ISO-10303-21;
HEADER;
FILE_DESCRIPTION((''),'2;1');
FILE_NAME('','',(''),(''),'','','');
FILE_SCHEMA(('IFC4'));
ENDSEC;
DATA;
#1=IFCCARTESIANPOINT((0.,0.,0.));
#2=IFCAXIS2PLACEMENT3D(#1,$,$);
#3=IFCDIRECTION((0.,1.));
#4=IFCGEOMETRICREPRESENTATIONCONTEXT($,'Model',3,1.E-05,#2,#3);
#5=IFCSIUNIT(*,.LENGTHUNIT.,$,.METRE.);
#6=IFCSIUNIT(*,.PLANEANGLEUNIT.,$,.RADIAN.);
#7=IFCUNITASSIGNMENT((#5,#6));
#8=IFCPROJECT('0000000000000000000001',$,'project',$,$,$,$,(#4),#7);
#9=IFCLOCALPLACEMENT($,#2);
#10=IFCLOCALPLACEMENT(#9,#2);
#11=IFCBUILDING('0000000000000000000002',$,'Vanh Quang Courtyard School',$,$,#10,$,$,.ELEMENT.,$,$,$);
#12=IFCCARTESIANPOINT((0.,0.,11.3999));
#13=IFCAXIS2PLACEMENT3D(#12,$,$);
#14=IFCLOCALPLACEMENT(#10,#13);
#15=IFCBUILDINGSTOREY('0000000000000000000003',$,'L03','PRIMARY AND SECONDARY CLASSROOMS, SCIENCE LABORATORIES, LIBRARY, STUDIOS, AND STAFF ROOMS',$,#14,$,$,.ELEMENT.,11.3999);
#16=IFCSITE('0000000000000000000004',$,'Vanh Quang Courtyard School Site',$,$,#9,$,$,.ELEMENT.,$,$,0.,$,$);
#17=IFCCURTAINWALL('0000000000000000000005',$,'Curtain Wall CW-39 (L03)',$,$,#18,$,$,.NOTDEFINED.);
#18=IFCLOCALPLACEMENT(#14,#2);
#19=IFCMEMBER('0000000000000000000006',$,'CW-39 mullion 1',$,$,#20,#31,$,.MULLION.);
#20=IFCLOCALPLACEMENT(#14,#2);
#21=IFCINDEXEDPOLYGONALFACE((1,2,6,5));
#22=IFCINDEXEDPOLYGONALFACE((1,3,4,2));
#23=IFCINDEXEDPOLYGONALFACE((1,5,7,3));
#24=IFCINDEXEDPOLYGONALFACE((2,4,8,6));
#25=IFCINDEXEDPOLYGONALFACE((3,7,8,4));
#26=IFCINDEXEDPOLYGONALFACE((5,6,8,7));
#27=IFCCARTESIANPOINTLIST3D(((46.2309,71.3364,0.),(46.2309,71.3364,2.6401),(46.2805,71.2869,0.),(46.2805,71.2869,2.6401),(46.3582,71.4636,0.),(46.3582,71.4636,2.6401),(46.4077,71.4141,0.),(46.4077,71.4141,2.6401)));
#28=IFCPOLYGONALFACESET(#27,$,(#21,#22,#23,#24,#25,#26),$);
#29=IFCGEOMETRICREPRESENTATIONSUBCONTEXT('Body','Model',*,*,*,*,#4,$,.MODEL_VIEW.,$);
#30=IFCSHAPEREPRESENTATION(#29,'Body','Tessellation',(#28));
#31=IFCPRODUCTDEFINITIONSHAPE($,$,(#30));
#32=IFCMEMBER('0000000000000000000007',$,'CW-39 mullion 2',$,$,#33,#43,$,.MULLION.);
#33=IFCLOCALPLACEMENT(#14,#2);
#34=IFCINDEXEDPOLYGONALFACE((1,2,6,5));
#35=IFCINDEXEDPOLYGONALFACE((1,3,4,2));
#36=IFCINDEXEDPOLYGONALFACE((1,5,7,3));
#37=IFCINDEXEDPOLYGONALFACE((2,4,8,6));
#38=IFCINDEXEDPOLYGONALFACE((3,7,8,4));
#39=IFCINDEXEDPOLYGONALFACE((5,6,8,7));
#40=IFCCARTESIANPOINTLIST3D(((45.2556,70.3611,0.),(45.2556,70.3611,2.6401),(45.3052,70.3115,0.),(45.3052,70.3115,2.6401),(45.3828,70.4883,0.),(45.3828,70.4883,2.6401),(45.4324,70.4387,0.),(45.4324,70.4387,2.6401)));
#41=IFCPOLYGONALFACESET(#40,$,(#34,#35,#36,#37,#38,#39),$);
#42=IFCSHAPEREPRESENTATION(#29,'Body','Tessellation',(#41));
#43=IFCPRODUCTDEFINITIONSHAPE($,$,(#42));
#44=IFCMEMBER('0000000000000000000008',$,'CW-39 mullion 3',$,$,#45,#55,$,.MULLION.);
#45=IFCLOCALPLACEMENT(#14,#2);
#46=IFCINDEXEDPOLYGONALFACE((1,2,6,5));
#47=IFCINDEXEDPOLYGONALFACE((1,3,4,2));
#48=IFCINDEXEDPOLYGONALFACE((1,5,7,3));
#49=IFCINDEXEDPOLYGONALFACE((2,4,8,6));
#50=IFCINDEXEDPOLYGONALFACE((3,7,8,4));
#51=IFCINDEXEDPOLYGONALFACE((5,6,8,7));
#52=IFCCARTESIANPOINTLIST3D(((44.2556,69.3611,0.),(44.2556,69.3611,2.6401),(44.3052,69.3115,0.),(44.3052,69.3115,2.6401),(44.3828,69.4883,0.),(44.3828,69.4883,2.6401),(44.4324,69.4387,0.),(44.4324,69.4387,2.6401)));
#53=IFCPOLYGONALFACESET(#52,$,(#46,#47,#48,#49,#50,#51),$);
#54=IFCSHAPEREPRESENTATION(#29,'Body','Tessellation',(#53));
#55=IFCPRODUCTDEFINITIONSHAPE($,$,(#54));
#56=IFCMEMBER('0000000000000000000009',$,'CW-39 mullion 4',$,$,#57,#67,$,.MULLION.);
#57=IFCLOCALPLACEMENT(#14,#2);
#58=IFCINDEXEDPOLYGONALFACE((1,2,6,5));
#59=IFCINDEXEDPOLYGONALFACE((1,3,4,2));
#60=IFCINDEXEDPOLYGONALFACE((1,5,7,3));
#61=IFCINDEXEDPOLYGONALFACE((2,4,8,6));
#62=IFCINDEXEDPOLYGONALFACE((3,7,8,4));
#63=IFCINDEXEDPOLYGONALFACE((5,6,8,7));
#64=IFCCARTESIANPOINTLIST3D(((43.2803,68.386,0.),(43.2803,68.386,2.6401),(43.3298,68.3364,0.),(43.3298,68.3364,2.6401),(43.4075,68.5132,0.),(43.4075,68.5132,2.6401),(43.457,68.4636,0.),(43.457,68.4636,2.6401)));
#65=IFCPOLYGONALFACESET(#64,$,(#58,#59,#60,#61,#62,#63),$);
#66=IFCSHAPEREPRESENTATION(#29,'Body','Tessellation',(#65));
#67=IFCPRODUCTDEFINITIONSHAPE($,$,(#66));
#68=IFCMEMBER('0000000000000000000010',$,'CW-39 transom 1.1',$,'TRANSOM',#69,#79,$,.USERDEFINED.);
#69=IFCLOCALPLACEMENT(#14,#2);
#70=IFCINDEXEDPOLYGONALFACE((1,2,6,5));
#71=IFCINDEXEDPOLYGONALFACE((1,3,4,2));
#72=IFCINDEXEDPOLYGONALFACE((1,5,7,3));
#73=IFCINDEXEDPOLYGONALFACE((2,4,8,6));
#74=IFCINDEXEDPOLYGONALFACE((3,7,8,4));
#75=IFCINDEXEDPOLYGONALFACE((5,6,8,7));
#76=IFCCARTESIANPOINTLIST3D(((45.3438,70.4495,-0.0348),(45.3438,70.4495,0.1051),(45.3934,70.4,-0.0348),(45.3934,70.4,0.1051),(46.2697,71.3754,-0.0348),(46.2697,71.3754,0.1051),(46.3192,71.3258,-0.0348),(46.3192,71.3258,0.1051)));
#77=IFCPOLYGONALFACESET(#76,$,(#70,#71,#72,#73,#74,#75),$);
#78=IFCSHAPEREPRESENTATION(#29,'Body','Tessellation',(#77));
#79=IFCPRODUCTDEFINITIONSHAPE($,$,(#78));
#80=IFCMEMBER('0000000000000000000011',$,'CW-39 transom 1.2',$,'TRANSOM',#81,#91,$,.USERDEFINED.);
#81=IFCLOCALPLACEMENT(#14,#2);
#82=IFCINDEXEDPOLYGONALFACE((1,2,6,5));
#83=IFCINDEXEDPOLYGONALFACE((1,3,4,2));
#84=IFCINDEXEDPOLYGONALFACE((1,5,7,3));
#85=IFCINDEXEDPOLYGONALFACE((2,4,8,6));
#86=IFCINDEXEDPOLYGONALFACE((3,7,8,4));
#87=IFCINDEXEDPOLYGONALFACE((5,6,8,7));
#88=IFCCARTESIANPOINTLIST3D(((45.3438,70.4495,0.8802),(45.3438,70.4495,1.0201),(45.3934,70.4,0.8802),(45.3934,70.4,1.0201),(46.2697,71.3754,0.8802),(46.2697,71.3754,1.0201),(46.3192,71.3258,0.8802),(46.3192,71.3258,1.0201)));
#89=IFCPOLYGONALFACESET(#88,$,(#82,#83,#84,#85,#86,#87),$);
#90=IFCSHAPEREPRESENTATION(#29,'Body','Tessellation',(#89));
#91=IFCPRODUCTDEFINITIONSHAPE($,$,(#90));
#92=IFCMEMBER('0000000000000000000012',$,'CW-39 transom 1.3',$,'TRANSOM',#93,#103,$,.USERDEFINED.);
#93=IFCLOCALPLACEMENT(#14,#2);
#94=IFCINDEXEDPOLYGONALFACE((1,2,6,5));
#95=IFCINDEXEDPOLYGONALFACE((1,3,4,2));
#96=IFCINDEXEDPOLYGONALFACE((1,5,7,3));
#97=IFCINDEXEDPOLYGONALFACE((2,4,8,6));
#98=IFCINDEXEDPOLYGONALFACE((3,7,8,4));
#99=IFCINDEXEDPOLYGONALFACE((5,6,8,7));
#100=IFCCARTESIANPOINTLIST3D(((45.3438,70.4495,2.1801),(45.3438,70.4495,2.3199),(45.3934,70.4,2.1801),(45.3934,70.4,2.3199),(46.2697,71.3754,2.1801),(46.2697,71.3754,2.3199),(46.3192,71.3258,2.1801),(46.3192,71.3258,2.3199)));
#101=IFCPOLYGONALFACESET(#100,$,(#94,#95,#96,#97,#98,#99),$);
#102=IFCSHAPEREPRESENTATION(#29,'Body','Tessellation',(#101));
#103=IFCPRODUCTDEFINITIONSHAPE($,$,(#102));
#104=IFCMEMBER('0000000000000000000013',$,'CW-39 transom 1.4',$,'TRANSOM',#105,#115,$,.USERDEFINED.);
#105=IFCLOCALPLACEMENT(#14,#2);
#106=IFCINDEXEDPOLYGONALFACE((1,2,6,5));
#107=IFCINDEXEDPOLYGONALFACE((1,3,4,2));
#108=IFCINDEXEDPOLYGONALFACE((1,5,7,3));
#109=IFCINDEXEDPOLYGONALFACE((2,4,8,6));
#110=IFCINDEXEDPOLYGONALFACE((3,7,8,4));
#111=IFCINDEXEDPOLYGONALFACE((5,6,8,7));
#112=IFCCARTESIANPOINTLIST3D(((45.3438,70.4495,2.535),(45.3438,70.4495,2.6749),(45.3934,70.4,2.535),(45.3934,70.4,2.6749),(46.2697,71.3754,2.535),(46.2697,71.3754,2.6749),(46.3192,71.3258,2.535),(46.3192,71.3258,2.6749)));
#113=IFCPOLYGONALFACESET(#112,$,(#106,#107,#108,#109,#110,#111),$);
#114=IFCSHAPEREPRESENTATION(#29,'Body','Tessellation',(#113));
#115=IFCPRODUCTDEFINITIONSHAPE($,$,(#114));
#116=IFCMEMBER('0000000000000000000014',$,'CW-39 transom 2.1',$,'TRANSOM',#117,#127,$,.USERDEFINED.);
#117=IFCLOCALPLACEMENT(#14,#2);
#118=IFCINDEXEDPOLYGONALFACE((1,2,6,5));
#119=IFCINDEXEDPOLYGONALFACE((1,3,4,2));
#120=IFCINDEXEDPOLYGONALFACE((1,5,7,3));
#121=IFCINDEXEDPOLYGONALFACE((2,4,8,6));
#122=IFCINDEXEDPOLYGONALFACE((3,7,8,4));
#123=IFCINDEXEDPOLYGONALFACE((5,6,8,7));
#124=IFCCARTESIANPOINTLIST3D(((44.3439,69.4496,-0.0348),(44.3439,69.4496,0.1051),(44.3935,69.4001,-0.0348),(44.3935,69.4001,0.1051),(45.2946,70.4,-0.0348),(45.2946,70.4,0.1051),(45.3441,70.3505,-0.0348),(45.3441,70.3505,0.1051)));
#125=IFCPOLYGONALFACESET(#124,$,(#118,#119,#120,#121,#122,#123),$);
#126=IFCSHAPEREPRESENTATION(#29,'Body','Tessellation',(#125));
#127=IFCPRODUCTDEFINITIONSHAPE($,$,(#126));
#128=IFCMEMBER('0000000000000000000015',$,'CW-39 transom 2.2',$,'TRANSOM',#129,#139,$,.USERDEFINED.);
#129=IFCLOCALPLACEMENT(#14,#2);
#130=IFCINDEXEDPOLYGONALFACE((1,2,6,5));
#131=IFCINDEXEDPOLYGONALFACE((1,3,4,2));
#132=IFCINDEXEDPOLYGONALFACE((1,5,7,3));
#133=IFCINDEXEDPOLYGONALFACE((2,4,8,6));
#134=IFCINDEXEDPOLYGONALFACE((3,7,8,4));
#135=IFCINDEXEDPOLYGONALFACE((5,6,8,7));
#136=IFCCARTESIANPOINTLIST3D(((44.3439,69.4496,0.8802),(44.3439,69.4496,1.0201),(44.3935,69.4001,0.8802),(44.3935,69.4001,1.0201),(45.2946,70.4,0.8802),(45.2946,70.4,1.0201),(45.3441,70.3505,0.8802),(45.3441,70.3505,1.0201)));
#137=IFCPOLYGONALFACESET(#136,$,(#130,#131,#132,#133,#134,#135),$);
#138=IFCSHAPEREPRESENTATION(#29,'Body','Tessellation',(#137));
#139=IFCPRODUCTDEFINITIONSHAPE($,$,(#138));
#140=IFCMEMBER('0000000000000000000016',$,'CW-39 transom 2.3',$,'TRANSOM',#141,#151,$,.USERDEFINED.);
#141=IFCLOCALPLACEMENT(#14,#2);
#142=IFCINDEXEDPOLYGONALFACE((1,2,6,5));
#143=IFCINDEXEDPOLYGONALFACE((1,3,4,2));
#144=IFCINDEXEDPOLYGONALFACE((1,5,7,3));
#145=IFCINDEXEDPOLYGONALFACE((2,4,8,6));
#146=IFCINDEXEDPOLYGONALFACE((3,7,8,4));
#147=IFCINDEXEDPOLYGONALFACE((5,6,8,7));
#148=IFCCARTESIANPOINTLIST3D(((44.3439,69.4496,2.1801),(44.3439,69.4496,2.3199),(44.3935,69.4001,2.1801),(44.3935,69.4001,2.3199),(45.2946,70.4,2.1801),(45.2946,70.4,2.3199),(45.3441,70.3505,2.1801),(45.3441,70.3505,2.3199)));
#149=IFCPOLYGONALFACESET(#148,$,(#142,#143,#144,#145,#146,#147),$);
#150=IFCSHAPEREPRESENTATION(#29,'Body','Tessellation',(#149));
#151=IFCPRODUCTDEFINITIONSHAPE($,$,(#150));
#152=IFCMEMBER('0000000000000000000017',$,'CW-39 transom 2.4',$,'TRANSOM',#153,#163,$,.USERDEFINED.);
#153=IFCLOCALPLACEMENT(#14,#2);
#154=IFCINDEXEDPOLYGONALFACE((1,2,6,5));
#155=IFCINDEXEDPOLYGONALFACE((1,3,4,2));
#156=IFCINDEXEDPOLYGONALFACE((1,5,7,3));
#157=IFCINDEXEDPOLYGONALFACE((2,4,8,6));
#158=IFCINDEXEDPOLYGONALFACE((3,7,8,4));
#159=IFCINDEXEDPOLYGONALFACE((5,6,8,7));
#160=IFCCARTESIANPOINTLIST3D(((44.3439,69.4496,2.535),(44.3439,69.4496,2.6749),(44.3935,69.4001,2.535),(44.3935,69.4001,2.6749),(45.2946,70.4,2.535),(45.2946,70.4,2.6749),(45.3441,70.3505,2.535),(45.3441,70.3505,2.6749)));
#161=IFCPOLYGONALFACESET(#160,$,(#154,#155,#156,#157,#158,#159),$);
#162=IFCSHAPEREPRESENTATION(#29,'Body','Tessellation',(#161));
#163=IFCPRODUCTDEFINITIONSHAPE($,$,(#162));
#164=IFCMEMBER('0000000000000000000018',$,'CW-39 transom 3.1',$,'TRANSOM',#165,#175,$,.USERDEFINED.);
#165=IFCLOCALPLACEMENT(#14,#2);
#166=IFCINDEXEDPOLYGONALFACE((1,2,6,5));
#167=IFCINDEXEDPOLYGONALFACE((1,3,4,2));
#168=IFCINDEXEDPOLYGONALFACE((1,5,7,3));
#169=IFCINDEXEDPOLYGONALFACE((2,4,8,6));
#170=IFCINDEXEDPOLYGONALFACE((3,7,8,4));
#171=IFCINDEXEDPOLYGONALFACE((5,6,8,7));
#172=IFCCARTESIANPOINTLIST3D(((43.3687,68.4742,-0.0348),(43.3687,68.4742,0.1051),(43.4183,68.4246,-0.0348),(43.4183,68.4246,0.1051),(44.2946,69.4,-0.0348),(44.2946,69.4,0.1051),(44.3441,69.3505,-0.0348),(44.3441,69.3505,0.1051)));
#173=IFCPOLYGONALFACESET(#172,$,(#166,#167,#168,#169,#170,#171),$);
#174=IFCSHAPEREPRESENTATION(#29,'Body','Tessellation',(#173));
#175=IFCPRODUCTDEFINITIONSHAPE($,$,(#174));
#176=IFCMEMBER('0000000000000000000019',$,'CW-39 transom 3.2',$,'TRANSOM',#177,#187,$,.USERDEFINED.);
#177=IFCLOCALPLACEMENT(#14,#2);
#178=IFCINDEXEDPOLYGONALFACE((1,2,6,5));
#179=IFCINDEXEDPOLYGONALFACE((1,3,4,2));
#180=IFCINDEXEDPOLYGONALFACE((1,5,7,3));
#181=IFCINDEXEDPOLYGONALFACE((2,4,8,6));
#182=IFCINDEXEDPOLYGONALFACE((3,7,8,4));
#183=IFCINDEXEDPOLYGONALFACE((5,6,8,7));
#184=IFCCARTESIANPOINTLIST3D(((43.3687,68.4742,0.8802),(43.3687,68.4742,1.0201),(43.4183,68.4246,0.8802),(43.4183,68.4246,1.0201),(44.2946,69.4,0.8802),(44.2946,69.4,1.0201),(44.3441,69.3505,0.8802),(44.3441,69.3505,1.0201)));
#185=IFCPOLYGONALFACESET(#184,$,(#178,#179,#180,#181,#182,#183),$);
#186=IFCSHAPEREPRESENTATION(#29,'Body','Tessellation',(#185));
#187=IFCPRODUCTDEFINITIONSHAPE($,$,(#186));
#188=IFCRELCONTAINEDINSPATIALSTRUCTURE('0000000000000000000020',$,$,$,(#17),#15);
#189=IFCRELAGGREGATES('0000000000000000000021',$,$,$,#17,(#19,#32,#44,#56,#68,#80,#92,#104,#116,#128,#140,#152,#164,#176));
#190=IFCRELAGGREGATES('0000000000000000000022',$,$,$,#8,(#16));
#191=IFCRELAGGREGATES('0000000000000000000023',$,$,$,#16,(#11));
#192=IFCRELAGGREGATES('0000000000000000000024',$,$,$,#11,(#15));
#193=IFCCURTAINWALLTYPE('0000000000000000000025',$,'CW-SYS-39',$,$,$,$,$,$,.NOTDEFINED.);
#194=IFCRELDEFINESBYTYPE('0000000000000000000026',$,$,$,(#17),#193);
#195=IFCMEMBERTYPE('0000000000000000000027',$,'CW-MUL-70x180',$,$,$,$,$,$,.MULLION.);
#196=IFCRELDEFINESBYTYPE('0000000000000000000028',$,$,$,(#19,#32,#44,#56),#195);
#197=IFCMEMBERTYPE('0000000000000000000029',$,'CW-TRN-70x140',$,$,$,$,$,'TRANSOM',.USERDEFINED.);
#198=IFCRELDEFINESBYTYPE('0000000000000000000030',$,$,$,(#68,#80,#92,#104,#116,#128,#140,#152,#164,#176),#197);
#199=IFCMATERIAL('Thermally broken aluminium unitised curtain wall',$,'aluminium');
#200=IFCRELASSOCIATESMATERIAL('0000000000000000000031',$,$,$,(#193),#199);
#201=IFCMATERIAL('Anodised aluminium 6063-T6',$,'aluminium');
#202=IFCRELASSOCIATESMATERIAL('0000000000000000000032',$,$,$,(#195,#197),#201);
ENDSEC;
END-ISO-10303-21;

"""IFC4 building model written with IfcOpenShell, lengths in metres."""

from ifc_helpers import new_model, si_unit, direction, frame, origin, origin_2d, place, context, subcontext, project, spatial, rectangle, extrude, material, material_profile, profile_set, type_object, element, aggregate, save


model = new_model("IFC4")

# Units and contexts
model_context = context("Model", 3, precision=1e-05, world=origin(), true_north=direction((0.0, 1.0)))
body_context = subcontext(model_context, "Body", "Model", "MODEL_VIEW")
ifc_project = project(units=[si_unit("LENGTHUNIT", "METRE"), si_unit("PLANEANGLEUNIT", "RADIAN")], contexts=[model_context])

# Site, building, storey
site_placement = place(None, origin())
site = spatial("IfcSite", under=ifc_project, at=site_placement, Name="Vanh Quang Courtyard School Site", CompositionType="ELEMENT", RefElevation=0.0)
building_placement = place(site_placement, origin())
building = spatial("IfcBuilding", under=site, at=building_placement, Name="Vanh Quang Courtyard School", CompositionType="ELEMENT")
storey_placement = place(building_placement, frame((0.0, 0.0, 11.3999)))
storey = spatial("IfcBuildingStorey", under=building, at=storey_placement, Name="L03", Description="PRIMARY AND SECONDARY CLASSROOMS, SCIENCE LABORATORIES, LIBRARY, STUDIOS, AND STAFF ROOMS", CompositionType="ELEMENT", Elevation=11.3999)

# Curtain wall, members
ifc_material_1 = material(Name="Thermally broken aluminium unitised curtain wall", Category="aluminium")
curtain_wall_type = type_object("IfcCurtainWallType", Name="CW-SYS-39", PredefinedType="NOTDEFINED", material=ifc_material_1)
curtain_wall_placement = place(storey_placement, origin())
curtain_wall = element("IfcCurtainWall", 1, at=curtain_wall_placement, inside=storey, type_object=curtain_wall_type, Name="Curtain Wall CW-39 (L03)", PredefinedType="NOTDEFINED")
ifc_material_2 = material(Name="Anodised aluminium 6063-T6", Category="aluminium")
ifc_material_profile_1 = material_profile(ifc_material_2, rectangle(XDim=0.0701, YDim=0.1799, at=origin_2d()), Name="ALU-MUL 70x180")
ifc_profile_set_1 = profile_set([ifc_material_profile_1], Name="Anodised aluminium 6063-T6")
member_type_1 = type_object("IfcMemberType", Name="CW-MUL-70x180", PredefinedType="MULLION", material=ifc_profile_set_1)
member_1_placement = place(storey_placement, frame((46.3193, 71.3752, 0.0), z_axis=(0.0, 0.0, 1.0), x_axis=(0.707107, -0.707107, 0.0)))
member_1 = element("IfcMember", 2, at=member_1_placement, type_object=member_type_1, Name="CW-39 mullion 1", PredefinedType="MULLION", context=body_context, shape_type="SweptSolid", body=[
    extrude(rectangle(XDim=0.0701, YDim=0.1799, at=origin_2d()), origin(), (0.0, 0.0, 1.0), 2.6401),
])
member_2_placement = place(storey_placement, frame((45.344, 70.3999, 0.0), z_axis=(0.0, 0.0, 1.0), x_axis=(0.707107, -0.707107, 0.0)))
member_2 = element("IfcMember", 3, at=member_2_placement, type_object=member_type_1, Name="CW-39 mullion 2", PredefinedType="MULLION", context=body_context, shape_type="SweptSolid", body=[
    extrude(rectangle(XDim=0.0701, YDim=0.1799, at=origin_2d()), origin(), (0.0, 0.0, 1.0), 2.6401),
])
member_3_placement = place(storey_placement, frame((44.344, 69.3999, 0.0), z_axis=(0.0, 0.0, 1.0), x_axis=(0.707107, -0.707107, 0.0)))
member_3 = element("IfcMember", 4, at=member_3_placement, type_object=member_type_1, Name="CW-39 mullion 3", PredefinedType="MULLION", context=body_context, shape_type="SweptSolid", body=[
    extrude(rectangle(XDim=0.0701, YDim=0.1799, at=origin_2d()), origin(), (0.0, 0.0, 1.0), 2.6401),
])
member_4_placement = place(storey_placement, frame((43.3687, 68.4248, 0.0), z_axis=(0.0, 0.0, 1.0), x_axis=(0.707107, -0.707107, 0.0)))
member_4 = element("IfcMember", 5, at=member_4_placement, type_object=member_type_1, Name="CW-39 mullion 4", PredefinedType="MULLION", context=body_context, shape_type="SweptSolid", body=[
    extrude(rectangle(XDim=0.0701, YDim=0.1799, at=origin_2d()), origin(), (0.0, 0.0, 1.0), 2.6401),
])
ifc_material_profile_2 = material_profile(ifc_material_2, rectangle(XDim=0.0701, YDim=0.1399, at=origin_2d()), Name="ALU-TRN 70x140")
ifc_profile_set_2 = profile_set([ifc_material_profile_2], Name="Anodised aluminium 6063-T6")
member_type_2 = type_object("IfcMemberType", Name="CW-TRN-70x140", ElementType="TRANSOM", PredefinedType="USERDEFINED", material=ifc_profile_set_2)
member_5_placement = place(storey_placement, frame((46.2944, 71.3506, 0.0352), z_axis=(-0.707107, -0.707107, 0.0), x_axis=(0.707107, -0.707107, 0.0)))
member_5 = element("IfcMember", 6, at=member_5_placement, type_object=member_type_2, Name="CW-39 transom 1.1", ObjectType="TRANSOM", PredefinedType="USERDEFINED", context=body_context, shape_type="SweptSolid", body=[
    extrude(rectangle(XDim=0.0701, YDim=0.1399, at=origin_2d()), origin(), (0.0, 0.0, 1.0), 1.3093),
])
member_6_placement = place(storey_placement, frame((46.2944, 71.3506, 0.9502), z_axis=(-0.707107, -0.707107, 0.0), x_axis=(0.707107, -0.707107, 0.0)))
member_6 = element("IfcMember", 7, at=member_6_placement, type_object=member_type_2, Name="CW-39 transom 1.2", ObjectType="TRANSOM", PredefinedType="USERDEFINED", context=body_context, shape_type="SweptSolid", body=[
    extrude(rectangle(XDim=0.0701, YDim=0.1399, at=origin_2d()), origin(), (0.0, 0.0, 1.0), 1.3093),
])
member_7_placement = place(storey_placement, frame((46.2944, 71.3506, 2.25), z_axis=(-0.707107, -0.707107, 0.0), x_axis=(0.707107, -0.707107, 0.0)))
member_7 = element("IfcMember", 8, at=member_7_placement, type_object=member_type_2, Name="CW-39 transom 1.3", ObjectType="TRANSOM", PredefinedType="USERDEFINED", context=body_context, shape_type="SweptSolid", body=[
    extrude(rectangle(XDim=0.0701, YDim=0.1399, at=origin_2d()), origin(), (0.0, 0.0, 1.0), 1.3093),
])
member_8_placement = place(storey_placement, frame((46.2944, 71.3506, 2.605), z_axis=(-0.707107, -0.707107, 0.0), x_axis=(0.707107, -0.707107, 0.0)))
member_8 = element("IfcMember", 9, at=member_8_placement, type_object=member_type_2, Name="CW-39 transom 1.4", ObjectType="TRANSOM", PredefinedType="USERDEFINED", context=body_context, shape_type="SweptSolid", body=[
    extrude(rectangle(XDim=0.0701, YDim=0.1399, at=origin_2d()), origin(), (0.0, 0.0, 1.0), 1.3093),
])
member_9_placement = place(storey_placement, frame((45.3193, 70.3752, 0.0352), z_axis=(-0.707198, -0.707016, 0.0), x_axis=(0.707016, -0.707198, 0.0)))
member_9 = element("IfcMember", 10, at=member_9_placement, type_object=member_type_2, Name="CW-39 transom 2.1", ObjectType="TRANSOM", PredefinedType="USERDEFINED", context=body_context, shape_type="SweptSolid", body=[
    extrude(rectangle(XDim=0.0701, YDim=0.1399, at=origin_2d()), origin(), (0.0, 0.0, 1.0), 1.3442),
])
member_10_placement = place(storey_placement, frame((45.3193, 70.3752, 0.9502), z_axis=(-0.707198, -0.707016, 0.0), x_axis=(0.707016, -0.707198, 0.0)))
member_10 = element("IfcMember", 11, at=member_10_placement, type_object=member_type_2, Name="CW-39 transom 2.2", ObjectType="TRANSOM", PredefinedType="USERDEFINED", context=body_context, shape_type="SweptSolid", body=[
    extrude(rectangle(XDim=0.0701, YDim=0.1399, at=origin_2d()), origin(), (0.0, 0.0, 1.0), 1.3442),
])
member_11_placement = place(storey_placement, frame((45.3193, 70.3752, 2.25), z_axis=(-0.707198, -0.707016, 0.0), x_axis=(0.707016, -0.707198, 0.0)))
member_11 = element("IfcMember", 12, at=member_11_placement, type_object=member_type_2, Name="CW-39 transom 2.3", ObjectType="TRANSOM", PredefinedType="USERDEFINED", context=body_context, shape_type="SweptSolid", body=[
    extrude(rectangle(XDim=0.0701, YDim=0.1399, at=origin_2d()), origin(), (0.0, 0.0, 1.0), 1.3442),
])
member_12_placement = place(storey_placement, frame((45.3193, 70.3752, 2.605), z_axis=(-0.707198, -0.707016, 0.0), x_axis=(0.707016, -0.707198, 0.0)))
member_12 = element("IfcMember", 13, at=member_12_placement, type_object=member_type_2, Name="CW-39 transom 2.4", ObjectType="TRANSOM", PredefinedType="USERDEFINED", context=body_context, shape_type="SweptSolid", body=[
    extrude(rectangle(XDim=0.0701, YDim=0.1399, at=origin_2d()), origin(), (0.0, 0.0, 1.0), 1.3442),
])
member_13_placement = place(storey_placement, frame((44.3193, 69.3752, 0.0352), z_axis=(-0.707107, -0.707107, 0.0), x_axis=(0.707107, -0.707107, 0.0)))
member_13 = element("IfcMember", 14, at=member_13_placement, type_object=member_type_2, Name="CW-39 transom 3.1", ObjectType="TRANSOM", PredefinedType="USERDEFINED", context=body_context, shape_type="SweptSolid", body=[
    extrude(rectangle(XDim=0.0701, YDim=0.1399, at=origin_2d()), origin(), (0.0, 0.0, 1.0), 1.3093),
])
member_14_placement = place(storey_placement, frame((44.3193, 69.3752, 0.9502), z_axis=(-0.707107, -0.707107, 0.0), x_axis=(0.707107, -0.707107, 0.0)))
member_14 = element("IfcMember", 15, at=member_14_placement, type_object=member_type_2, Name="CW-39 transom 3.2", ObjectType="TRANSOM", PredefinedType="USERDEFINED", context=body_context, shape_type="SweptSolid", body=[
    extrude(rectangle(XDim=0.0701, YDim=0.1399, at=origin_2d()), origin(), (0.0, 0.0, 1.0), 1.3093),
])
aggregate(curtain_wall, [member_1, member_2, member_3, member_4, member_5, member_6, member_7, member_8, member_9, member_10, member_11, member_12, member_13, member_14])

save(model, "model.ifc")
